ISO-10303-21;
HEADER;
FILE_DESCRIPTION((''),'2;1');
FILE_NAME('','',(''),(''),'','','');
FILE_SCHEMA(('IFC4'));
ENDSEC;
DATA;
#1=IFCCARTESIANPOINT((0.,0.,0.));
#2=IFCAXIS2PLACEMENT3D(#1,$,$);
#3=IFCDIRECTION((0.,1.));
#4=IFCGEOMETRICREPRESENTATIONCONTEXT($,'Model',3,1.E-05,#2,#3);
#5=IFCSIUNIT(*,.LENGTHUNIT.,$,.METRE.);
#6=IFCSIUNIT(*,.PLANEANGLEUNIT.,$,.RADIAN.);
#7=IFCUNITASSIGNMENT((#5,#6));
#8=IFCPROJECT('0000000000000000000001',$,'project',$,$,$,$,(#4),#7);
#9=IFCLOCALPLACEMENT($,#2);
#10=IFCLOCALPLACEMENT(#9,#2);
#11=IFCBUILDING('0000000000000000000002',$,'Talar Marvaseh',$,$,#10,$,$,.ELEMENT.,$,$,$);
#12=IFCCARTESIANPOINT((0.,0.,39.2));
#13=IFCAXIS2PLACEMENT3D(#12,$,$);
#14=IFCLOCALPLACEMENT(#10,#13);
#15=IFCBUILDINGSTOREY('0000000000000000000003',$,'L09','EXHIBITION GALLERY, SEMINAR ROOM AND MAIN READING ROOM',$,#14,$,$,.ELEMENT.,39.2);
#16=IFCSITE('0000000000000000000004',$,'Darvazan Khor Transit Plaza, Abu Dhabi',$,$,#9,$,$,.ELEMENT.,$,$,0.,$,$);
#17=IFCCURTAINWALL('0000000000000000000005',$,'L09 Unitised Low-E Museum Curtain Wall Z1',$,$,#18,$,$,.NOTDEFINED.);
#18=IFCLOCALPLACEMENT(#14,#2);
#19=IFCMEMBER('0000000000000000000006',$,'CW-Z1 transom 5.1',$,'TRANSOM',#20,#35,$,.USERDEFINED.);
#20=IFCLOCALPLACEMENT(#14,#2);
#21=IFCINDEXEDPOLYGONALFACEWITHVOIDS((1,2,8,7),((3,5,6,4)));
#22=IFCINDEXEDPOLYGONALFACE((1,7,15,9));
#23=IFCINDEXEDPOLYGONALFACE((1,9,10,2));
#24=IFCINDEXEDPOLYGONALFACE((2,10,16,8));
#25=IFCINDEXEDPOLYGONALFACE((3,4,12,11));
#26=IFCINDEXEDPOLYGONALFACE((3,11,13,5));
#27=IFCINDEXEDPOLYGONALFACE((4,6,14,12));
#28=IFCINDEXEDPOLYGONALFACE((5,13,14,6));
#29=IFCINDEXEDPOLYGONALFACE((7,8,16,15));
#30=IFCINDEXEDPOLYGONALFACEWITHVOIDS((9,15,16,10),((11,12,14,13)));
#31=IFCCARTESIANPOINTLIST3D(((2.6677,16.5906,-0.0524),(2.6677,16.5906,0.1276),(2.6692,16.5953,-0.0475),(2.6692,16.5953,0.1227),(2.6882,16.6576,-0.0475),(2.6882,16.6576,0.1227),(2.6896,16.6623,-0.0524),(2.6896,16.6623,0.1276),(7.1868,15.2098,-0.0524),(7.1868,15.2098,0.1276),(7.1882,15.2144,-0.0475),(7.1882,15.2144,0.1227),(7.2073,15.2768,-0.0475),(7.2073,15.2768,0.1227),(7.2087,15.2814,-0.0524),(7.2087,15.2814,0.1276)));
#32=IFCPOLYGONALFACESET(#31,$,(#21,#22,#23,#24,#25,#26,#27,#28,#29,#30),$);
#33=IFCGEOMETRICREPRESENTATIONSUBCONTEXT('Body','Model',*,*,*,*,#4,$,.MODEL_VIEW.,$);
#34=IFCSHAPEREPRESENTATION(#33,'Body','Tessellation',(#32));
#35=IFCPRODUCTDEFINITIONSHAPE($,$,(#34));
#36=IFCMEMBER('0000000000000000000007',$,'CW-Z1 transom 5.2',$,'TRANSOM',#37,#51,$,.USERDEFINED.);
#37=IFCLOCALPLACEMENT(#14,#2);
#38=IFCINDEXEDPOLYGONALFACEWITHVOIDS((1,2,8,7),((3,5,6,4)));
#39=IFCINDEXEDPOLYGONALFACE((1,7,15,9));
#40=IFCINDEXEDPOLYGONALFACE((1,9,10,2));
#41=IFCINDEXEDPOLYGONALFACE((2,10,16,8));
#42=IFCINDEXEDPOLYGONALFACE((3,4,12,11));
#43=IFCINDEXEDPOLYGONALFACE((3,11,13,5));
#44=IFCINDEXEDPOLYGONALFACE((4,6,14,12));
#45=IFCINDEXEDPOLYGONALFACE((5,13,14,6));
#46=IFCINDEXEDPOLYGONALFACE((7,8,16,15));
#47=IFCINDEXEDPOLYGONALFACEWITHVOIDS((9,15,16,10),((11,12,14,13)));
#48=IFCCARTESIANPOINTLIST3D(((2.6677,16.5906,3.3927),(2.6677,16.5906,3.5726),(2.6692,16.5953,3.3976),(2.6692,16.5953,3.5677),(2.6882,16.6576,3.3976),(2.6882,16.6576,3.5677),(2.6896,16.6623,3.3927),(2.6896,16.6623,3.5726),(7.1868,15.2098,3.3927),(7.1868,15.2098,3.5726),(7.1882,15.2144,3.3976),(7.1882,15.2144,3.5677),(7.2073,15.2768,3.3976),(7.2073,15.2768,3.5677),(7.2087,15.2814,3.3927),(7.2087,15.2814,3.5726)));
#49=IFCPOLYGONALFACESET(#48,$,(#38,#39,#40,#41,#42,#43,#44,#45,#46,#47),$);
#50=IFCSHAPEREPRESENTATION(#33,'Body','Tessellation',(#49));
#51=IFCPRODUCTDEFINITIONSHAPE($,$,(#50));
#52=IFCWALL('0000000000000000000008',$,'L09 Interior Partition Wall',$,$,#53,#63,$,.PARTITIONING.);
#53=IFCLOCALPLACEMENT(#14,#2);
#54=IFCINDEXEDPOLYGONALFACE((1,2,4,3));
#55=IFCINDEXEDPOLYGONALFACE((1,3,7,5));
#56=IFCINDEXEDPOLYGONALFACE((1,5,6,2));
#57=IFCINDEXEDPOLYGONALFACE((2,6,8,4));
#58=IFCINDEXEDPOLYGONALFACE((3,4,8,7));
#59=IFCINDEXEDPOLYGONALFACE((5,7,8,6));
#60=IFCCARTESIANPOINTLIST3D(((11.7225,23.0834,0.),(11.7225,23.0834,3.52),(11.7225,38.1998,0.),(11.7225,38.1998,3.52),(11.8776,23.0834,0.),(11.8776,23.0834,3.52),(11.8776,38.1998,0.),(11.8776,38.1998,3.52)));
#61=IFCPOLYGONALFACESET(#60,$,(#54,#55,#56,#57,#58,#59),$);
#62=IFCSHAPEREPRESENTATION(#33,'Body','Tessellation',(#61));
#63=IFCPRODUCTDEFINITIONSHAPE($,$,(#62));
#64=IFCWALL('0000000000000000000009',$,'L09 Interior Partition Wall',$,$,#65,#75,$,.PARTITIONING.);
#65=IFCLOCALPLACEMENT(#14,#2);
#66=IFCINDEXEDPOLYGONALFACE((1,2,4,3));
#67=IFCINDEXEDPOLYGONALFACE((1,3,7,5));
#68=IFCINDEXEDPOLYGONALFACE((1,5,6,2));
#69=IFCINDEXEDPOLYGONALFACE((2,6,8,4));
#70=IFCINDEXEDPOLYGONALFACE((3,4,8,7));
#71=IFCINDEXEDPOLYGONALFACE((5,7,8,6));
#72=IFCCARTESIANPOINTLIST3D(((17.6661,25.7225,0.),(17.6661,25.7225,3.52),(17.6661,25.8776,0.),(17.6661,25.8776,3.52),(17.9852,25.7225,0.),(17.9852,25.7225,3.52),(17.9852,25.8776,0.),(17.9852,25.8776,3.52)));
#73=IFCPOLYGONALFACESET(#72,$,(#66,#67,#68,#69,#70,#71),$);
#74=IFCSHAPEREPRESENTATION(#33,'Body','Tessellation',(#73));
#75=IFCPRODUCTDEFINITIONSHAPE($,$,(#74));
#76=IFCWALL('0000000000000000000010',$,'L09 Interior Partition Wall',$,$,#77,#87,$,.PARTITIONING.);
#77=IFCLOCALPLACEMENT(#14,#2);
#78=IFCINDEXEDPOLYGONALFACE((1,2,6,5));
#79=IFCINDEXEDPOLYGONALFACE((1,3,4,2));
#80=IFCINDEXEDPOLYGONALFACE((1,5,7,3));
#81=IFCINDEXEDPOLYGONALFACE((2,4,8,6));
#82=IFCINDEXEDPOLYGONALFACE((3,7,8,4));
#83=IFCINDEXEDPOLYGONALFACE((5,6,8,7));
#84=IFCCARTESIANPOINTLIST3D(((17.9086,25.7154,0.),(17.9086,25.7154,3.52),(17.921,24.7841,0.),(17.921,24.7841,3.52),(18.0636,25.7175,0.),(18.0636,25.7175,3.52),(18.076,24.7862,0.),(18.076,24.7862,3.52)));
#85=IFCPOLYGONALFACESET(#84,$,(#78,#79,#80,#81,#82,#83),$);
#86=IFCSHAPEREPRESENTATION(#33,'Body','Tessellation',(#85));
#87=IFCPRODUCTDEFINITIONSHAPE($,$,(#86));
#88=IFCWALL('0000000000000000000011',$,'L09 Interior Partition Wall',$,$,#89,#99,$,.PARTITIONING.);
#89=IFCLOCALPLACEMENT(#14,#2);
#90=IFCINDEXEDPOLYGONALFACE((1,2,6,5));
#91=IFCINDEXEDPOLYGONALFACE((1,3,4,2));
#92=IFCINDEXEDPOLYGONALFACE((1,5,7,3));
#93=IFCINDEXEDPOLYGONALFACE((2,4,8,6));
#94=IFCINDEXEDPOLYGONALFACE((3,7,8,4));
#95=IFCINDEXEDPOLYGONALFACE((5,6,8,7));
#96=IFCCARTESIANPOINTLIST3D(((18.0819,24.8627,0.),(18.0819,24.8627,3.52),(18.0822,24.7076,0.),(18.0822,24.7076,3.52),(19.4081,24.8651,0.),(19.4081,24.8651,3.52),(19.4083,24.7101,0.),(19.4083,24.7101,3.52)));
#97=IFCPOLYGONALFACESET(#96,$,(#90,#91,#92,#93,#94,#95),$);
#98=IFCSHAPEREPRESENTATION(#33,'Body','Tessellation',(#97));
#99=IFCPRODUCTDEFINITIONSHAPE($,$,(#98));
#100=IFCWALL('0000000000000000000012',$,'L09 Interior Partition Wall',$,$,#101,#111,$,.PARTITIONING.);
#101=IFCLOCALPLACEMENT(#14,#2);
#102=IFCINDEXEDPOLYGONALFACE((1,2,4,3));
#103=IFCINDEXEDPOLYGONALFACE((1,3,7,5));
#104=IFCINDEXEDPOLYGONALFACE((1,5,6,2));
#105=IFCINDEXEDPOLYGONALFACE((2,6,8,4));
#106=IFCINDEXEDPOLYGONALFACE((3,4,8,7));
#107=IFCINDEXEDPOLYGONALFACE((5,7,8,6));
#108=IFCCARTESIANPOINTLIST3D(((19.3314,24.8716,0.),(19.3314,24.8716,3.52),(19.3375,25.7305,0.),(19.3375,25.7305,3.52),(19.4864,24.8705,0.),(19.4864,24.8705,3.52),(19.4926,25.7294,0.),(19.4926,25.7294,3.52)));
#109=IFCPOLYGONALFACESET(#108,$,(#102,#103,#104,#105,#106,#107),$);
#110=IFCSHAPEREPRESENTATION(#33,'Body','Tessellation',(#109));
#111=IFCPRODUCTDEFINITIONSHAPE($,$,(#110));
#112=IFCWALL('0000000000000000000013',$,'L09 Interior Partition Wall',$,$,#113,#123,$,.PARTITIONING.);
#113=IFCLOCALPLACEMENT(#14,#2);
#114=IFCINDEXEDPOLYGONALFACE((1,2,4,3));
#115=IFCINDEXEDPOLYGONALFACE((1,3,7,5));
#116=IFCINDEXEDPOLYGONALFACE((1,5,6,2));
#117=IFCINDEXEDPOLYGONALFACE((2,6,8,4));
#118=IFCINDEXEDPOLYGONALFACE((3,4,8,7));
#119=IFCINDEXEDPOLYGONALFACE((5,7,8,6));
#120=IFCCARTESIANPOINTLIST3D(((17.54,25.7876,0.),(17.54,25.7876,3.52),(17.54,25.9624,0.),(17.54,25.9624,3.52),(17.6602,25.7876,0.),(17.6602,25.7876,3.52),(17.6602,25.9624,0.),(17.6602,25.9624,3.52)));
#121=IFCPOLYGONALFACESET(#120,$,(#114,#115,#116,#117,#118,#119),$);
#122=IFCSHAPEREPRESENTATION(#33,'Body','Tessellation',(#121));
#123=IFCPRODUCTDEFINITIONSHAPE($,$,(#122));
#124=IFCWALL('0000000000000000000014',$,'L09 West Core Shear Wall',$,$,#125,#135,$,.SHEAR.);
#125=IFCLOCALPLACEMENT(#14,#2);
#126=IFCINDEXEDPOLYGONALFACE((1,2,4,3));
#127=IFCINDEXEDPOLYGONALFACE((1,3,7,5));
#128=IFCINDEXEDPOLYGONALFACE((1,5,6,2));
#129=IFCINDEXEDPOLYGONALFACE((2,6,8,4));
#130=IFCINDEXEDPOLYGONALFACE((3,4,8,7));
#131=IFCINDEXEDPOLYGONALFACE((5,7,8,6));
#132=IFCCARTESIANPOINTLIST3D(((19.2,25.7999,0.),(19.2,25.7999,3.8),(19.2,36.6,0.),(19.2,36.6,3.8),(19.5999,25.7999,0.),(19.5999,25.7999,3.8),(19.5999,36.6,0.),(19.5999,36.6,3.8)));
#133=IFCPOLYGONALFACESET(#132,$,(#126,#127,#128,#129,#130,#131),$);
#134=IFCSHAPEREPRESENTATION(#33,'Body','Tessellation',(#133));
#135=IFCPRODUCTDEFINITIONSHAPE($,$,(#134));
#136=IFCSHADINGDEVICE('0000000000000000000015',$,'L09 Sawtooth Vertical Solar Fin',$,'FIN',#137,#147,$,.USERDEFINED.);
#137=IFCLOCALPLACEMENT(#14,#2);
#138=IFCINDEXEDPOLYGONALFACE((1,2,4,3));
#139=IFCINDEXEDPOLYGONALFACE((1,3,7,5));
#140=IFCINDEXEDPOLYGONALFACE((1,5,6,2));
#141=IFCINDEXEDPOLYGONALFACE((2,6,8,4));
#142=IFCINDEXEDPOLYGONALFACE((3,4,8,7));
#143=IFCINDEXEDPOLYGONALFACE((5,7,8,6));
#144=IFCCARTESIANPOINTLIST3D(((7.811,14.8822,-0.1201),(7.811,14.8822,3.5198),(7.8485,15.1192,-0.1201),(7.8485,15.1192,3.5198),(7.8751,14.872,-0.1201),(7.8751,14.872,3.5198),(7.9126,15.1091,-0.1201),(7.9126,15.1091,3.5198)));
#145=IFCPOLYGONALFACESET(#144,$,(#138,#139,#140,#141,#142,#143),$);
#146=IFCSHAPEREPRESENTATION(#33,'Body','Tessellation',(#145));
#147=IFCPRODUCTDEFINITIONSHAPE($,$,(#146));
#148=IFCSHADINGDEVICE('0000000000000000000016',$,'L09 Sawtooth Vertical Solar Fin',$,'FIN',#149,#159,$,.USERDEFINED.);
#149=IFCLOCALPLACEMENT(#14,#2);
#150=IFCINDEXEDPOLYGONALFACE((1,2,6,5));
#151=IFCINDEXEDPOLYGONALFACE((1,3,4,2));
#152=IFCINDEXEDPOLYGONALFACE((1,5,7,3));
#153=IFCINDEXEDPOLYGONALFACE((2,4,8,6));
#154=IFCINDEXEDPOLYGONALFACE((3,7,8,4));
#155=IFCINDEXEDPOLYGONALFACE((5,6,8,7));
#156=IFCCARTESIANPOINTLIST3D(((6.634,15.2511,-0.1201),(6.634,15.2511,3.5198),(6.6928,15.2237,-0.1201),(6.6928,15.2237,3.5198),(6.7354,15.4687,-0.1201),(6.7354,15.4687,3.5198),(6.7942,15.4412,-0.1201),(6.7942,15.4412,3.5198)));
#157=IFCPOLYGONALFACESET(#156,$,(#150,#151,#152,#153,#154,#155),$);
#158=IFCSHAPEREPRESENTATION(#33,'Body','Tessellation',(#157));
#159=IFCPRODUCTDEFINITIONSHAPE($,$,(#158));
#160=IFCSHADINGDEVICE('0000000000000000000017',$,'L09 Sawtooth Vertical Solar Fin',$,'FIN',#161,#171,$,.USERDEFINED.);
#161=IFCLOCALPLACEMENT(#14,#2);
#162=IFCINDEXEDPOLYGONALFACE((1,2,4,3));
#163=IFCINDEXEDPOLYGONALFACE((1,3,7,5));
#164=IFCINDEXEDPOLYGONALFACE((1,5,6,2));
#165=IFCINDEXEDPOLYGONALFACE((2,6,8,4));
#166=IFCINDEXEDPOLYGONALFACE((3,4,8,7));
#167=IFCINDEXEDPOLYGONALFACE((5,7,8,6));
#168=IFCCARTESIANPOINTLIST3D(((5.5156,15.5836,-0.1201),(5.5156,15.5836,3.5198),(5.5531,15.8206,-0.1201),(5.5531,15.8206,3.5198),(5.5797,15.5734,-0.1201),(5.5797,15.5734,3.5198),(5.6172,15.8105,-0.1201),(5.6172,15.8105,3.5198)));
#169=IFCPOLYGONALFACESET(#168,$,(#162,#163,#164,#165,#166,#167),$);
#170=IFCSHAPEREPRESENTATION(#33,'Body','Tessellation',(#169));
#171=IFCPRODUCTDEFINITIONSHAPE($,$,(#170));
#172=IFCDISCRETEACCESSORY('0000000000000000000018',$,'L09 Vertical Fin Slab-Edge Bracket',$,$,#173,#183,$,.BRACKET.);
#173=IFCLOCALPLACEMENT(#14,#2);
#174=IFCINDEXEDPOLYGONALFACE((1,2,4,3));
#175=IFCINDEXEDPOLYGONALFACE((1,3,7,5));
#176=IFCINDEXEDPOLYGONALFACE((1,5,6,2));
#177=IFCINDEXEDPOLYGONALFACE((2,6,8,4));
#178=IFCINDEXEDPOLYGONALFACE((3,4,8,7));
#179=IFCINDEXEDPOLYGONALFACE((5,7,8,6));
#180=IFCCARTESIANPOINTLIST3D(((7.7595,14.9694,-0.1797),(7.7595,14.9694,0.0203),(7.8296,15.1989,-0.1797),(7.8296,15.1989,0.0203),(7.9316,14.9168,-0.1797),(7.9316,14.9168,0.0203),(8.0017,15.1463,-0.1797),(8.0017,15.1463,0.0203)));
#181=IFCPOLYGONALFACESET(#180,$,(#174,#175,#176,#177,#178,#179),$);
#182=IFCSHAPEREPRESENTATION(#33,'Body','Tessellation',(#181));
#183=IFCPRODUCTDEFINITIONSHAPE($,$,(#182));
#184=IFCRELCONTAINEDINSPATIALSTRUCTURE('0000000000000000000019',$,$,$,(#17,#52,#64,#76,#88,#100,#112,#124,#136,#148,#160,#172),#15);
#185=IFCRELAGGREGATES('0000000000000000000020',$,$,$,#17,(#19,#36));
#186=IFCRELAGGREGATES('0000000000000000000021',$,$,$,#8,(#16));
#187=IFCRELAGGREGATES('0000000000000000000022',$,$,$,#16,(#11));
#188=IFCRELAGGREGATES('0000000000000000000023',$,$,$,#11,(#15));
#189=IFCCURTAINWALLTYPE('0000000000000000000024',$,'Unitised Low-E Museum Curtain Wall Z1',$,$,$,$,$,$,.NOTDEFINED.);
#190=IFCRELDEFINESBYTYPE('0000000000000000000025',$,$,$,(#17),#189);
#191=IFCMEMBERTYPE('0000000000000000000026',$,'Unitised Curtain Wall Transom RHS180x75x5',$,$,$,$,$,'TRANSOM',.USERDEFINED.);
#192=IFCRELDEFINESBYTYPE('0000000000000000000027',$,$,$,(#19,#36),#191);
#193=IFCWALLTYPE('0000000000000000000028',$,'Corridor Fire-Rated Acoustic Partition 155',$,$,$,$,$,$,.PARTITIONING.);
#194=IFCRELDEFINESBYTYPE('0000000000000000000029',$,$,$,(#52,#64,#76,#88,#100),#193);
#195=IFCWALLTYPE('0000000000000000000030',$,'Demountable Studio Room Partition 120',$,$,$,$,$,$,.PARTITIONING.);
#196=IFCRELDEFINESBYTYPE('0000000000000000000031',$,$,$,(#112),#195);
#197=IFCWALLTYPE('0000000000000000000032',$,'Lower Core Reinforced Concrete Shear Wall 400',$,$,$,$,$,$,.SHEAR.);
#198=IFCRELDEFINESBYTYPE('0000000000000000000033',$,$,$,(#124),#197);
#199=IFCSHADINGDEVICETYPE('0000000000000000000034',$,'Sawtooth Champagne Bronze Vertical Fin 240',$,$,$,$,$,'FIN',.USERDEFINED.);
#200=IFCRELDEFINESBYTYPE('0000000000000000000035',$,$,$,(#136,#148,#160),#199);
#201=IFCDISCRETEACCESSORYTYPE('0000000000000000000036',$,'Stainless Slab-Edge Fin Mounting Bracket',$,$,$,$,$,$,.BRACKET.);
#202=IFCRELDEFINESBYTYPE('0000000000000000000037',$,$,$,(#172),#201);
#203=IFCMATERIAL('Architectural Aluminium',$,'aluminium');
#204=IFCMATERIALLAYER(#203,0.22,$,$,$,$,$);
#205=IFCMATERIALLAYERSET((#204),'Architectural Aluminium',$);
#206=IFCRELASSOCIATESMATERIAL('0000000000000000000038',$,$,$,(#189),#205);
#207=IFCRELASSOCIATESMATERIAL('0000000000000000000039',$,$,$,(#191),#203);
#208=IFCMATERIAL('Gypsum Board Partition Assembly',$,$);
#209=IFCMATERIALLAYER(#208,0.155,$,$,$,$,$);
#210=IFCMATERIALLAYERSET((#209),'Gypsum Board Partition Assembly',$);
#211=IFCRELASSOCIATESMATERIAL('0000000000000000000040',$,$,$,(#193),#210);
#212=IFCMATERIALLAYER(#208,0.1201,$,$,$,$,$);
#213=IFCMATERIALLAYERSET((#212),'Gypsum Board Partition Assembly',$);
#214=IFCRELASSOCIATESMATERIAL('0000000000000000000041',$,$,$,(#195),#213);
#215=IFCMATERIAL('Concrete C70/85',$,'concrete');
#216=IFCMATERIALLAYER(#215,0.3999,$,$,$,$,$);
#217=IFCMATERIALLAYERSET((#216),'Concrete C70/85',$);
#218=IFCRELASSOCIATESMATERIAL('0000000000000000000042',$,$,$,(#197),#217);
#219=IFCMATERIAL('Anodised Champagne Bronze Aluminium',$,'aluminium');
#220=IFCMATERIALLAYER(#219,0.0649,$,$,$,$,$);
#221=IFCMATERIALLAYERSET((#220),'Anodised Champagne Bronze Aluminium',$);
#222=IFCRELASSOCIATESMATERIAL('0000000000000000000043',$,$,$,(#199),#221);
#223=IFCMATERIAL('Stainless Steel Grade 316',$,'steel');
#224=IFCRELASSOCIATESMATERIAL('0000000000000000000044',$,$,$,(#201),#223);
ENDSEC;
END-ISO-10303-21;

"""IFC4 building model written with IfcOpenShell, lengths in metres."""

from ifc_helpers import new_model, si_unit, direction, frame, frame_2d, origin, origin_2d, place, context, subcontext, project, spatial, rectangle, hollow_rectangle, extrude, source, transform, mapped, material, layer, layer_set, material_profile, profile_set, type_object, type_shapes, element, aggregate, save


model = new_model("IFC4")

# Units and contexts
model_context = context("Model", 3, precision=1e-05, world=origin(), true_north=direction((0.0, 1.0)))
body_context = subcontext(model_context, "Body", "Model", "MODEL_VIEW")
ifc_project = project(units=[si_unit("LENGTHUNIT", "METRE"), si_unit("PLANEANGLEUNIT", "RADIAN")], contexts=[model_context])

# Site, building, storey
site_placement = place(None, origin())
site = spatial("IfcSite", under=ifc_project, at=site_placement, Name="Darvazan Khor Transit Plaza, Abu Dhabi", CompositionType="ELEMENT", RefElevation=0.0)
building_placement = place(site_placement, origin())
building = spatial("IfcBuilding", under=site, at=building_placement, Name="Talar Marvaseh", CompositionType="ELEMENT")
storey_placement = place(building_placement, frame((0.0, 0.0, 39.2)))
storey = spatial("IfcBuildingStorey", under=building, at=storey_placement, Name="L09", Description="EXHIBITION GALLERY, SEMINAR ROOM AND MAIN READING ROOM", CompositionType="ELEMENT", Elevation=39.2)

# Shared definitions
ifc_material_1 = material(Name="Concrete C70/85", Category="concrete")

# Curtain wall, members
ifc_material_2 = material(Name="Architectural Aluminium", Category="aluminium")
ifc_layer_1 = layer(ifc_material_2, 0.22)
ifc_layer_set_1 = layer_set([ifc_layer_1], Name="Architectural Aluminium")
curtain_wall_type = type_object("IfcCurtainWallType", Name="Unitised Low-E Museum Curtain Wall Z1", PredefinedType="NOTDEFINED", material=ifc_layer_set_1)
curtain_wall_placement = place(storey_placement, origin())
curtain_wall = element("IfcCurtainWall", 1, at=curtain_wall_placement, inside=storey, type_object=curtain_wall_type, Name="L09 Unitised Low-E Museum Curtain Wall Z1", PredefinedType="NOTDEFINED")
ifc_material_profile_1 = material_profile(ifc_material_2, hollow_rectangle(XDim=0.075, YDim=0.1799, WallThickness=0.0049, at=origin_2d()), Name="RHS180x75x5")
ifc_profile_set_1 = profile_set([ifc_material_profile_1], Name="Architectural Aluminium")
member_type_1 = type_object("IfcMemberType", Name="Unitised Curtain Wall Transom RHS180x75x5", ElementType="TRANSOM", PredefinedType="USERDEFINED", material=ifc_profile_set_1)
shared_shape_1 = source(origin(), body_context, "Body", "SweptSolid", [
    extrude(hollow_rectangle(XDim=0.075, YDim=0.1799, WallThickness=0.0049, at=origin_2d()), origin(), (0.0, 0.0, 1.0), 4.7253),
])
type_shapes(member_type_1, [shared_shape_1])
member_1_placement = place(storey_placement, frame((7.1978, 15.2456, 0.0376), z_axis=(-0.956349, 0.292226, 0.0), x_axis=(-0.292226, -0.956349, 0.0)))
member_1 = element("IfcMember", 2, at=member_1_placement, type_object=member_type_1, Name="CW-Z1 transom 5.1", ObjectType="TRANSOM", PredefinedType="USERDEFINED", context=body_context, shape_type="MappedRepresentation", body=[
    mapped(shared_shape_1, transform((0.0, 0.0, 0.0), x_axis=(1.0, 0.0, 0.0), y_axis=(0.0, 1.0, 0.0), z_axis=(0.0, 0.0, 1.0), scale=1.0)),
])
member_2_placement = place(storey_placement, frame((7.1978, 15.2456, 3.4827), z_axis=(-0.956349, 0.292226, 0.0), x_axis=(-0.292226, -0.956349, 0.0)))
member_2 = element("IfcMember", 3, at=member_2_placement, type_object=member_type_1, Name="CW-Z1 transom 5.2", ObjectType="TRANSOM", PredefinedType="USERDEFINED", context=body_context, shape_type="MappedRepresentation", body=[
    mapped(shared_shape_1, transform((0.0, 0.0, 0.0), x_axis=(1.0, 0.0, 0.0), y_axis=(0.0, 1.0, 0.0), z_axis=(0.0, 0.0, 1.0), scale=1.0)),
])
aggregate(curtain_wall, [member_1, member_2])

# Walls
ifc_material_3 = material(Name="Gypsum Board Partition Assembly")
ifc_layer_2 = layer(ifc_material_3, 0.155)
ifc_layer_set_2 = layer_set([ifc_layer_2], Name="Gypsum Board Partition Assembly")
wall_type_1 = type_object("IfcWallType", Name="Corridor Fire-Rated Acoustic Partition 155", PredefinedType="PARTITIONING", material=ifc_layer_set_2)
wall_1_placement = place(storey_placement, frame((11.8, 23.0835, 0.0), z_axis=(0.0, 0.0, 1.0), x_axis=(0.0, 1.0, 0.0)))
element("IfcWall", 4, at=wall_1_placement, inside=storey, type_object=wall_type_1, Name="L09 Interior Partition Wall", PredefinedType="PARTITIONING", context=body_context, shape_type="SweptSolid", body=[
    extrude(rectangle(XDim=15.1165, YDim=0.155, at=frame_2d((7.5581, 0.0))), origin(), (0.0, 0.0, 1.0), 3.52),
])
wall_2_placement = place(storey_placement, frame((17.666, 25.8, 0.0), z_axis=(0.0, 0.0, 1.0), x_axis=(1.0, 0.0, 0.0)))
element("IfcWall", 5, at=wall_2_placement, inside=storey, type_object=wall_type_1, Name="L09 Interior Partition Wall", PredefinedType="PARTITIONING", context=body_context, shape_type="SweptSolid", body=[
    extrude(rectangle(XDim=0.3191, YDim=0.155, at=frame_2d((0.1597, 0.0))), origin(), (0.0, 0.0, 1.0), 3.52),
])
wall_3_placement = place(storey_placement, frame((17.9861, 25.7166, 0.0), z_axis=(0.0, 0.0, 1.0), x_axis=(0.013367, -0.999911, 0.0)))
element("IfcWall", 6, at=wall_3_placement, inside=storey, type_object=wall_type_1, Name="L09 Interior Partition Wall", PredefinedType="PARTITIONING", context=body_context, shape_type="SweptSolid", body=[
    extrude(rectangle(XDim=0.9314, YDim=0.155, at=frame_2d((0.4658, 0.0))), origin(), (0.0, 0.0, 1.0), 3.52),
])
wall_4_placement = place(storey_placement, frame((18.082, 24.7852, 0.0), z_axis=(0.0, 0.0, 1.0), x_axis=(0.999998, 0.001841, 0.0)))
element("IfcWall", 7, at=wall_4_placement, inside=storey, type_object=wall_type_1, Name="L09 Interior Partition Wall", PredefinedType="PARTITIONING", context=body_context, shape_type="SweptSolid", body=[
    extrude(rectangle(XDim=1.3262, YDim=0.155, at=frame_2d((0.6631, 0.0))), origin(), (0.0, 0.0, 1.0), 3.52),
])
wall_5_placement = place(storey_placement, frame((19.4089, 24.8711, 0.0), z_axis=(0.0, 0.0, 1.0), x_axis=(0.007106, 0.999975, 0.0)))
element("IfcWall", 8, at=wall_5_placement, inside=storey, type_object=wall_type_1, Name="L09 Interior Partition Wall", PredefinedType="PARTITIONING", context=body_context, shape_type="SweptSolid", body=[
    extrude(rectangle(XDim=0.8589, YDim=0.155, at=frame_2d((0.4294, 0.0))), origin(), (0.0, 0.0, 1.0), 3.52),
])
ifc_layer_3 = layer(ifc_material_3, 0.1201)
ifc_layer_set_3 = layer_set([ifc_layer_3], Name="Gypsum Board Partition Assembly")
wall_type_2 = type_object("IfcWallType", Name="Demountable Studio Room Partition 120", PredefinedType="PARTITIONING", material=ifc_layer_set_3)
wall_6_placement = place(storey_placement, frame((17.6001, 25.9624, 0.0), z_axis=(0.0, 0.0, 1.0), x_axis=(0.0, -1.0, 0.0)))
element("IfcWall", 9, at=wall_6_placement, inside=storey, type_object=wall_type_2, Name="L09 Interior Partition Wall", PredefinedType="PARTITIONING", context=body_context, shape_type="SweptSolid", body=[
    extrude(rectangle(XDim=0.1748, YDim=0.1201, at=frame_2d((0.0874, 0.0))), origin(), (0.0, 0.0, 1.0), 3.52),
])
ifc_layer_4 = layer(ifc_material_1, 0.3999)
ifc_layer_set_4 = layer_set([ifc_layer_4], Name="Concrete C70/85")
wall_type_3 = type_object("IfcWallType", Name="Lower Core Reinforced Concrete Shear Wall 400", PredefinedType="SHEAR", material=ifc_layer_set_4)
wall_7_placement = place(storey_placement, frame((19.3999, 25.8, 0.0), z_axis=(0.0, 0.0, 1.0), x_axis=(0.0, 1.0, 0.0)))
element("IfcWall", 10, at=wall_7_placement, inside=storey, type_object=wall_type_3, Name="L09 West Core Shear Wall", PredefinedType="SHEAR", context=body_context, shape_type="SweptSolid", body=[
    extrude(rectangle(XDim=10.8, YDim=0.3999, at=frame_2d((5.3999, 0.0))), origin(), (0.0, 0.0, 1.0), 3.8),
])

# Shading devices
ifc_material_4 = material(Name="Anodised Champagne Bronze Aluminium", Category="aluminium")
ifc_layer_5 = layer(ifc_material_4, 0.0649)
ifc_layer_set_5 = layer_set([ifc_layer_5], Name="Anodised Champagne Bronze Aluminium")
shading_device_type = type_object("IfcShadingDeviceType", Name="Sawtooth Champagne Bronze Vertical Fin 240", ElementType="FIN", PredefinedType="USERDEFINED", material=ifc_layer_set_5)
shared_shape_2 = source(origin(), body_context, "Body", "SweptSolid", [
    extrude(rectangle(XDim=0.24, YDim=0.0649, at=origin_2d()), origin(), (0.0, 0.0, 1.0), 3.6399),
])
type_shapes(shading_device_type, [shared_shape_2])
for number, where, z_axis, x_axis, name in (
    (11, (7.8618, 14.9956, -0.1201), (0.0, 0.0, 1.0), (-0.156262, -0.987716, 0.0), "L09 Sawtooth Vertical Solar Fin"),
    (12, (6.7141, 15.3462, -0.1201), (0.0, 0.0, 1.0), (-0.42246, -0.906382, 0.0), "L09 Sawtooth Vertical Solar Fin"),
    (13, (5.5664, 15.697, -0.1201), (0.0, 0.0, 1.0), (-0.156262, -0.987716, 0.0), "L09 Sawtooth Vertical Solar Fin"),
):
    element("IfcShadingDevice", number, at=place(storey_placement, frame(where, z_axis=z_axis, x_axis=x_axis)), inside=storey, type_object=shading_device_type, Name=name, ObjectType="FIN", PredefinedType="USERDEFINED", context=body_context, shape_type="MappedRepresentation", body=[
        mapped(shared_shape_2, transform((0.0, 0.0, 0.0), x_axis=(1.0, 0.0, 0.0), y_axis=(0.0, 1.0, 0.0), z_axis=(0.0, 0.0, 1.0), scale=1.0)),
    ])

# Discrete accessory
ifc_material_5 = material(Name="Stainless Steel Grade 316", Category="steel")
discrete_accessory_type = type_object("IfcDiscreteAccessoryType", Name="Stainless Slab-Edge Fin Mounting Bracket", PredefinedType="BRACKET", material=ifc_material_5)
shared_shape_3 = source(origin(), body_context, "Body", "SweptSolid", [
    extrude(rectangle(XDim=0.24, YDim=0.1799, at=origin_2d()), origin(), (0.0, 0.0, 1.0), 0.2),
])
type_shapes(discrete_accessory_type, [shared_shape_3])
for number, where, z_axis, x_axis, name in (
    (14, (7.8806, 15.0579, -0.1797), (0.0, 0.0, 1.0), (-0.292205, -0.956356, 0.0), "L09 Vertical Fin Slab-Edge Bracket"),
):
    element("IfcDiscreteAccessory", number, at=place(storey_placement, frame(where, z_axis=z_axis, x_axis=x_axis)), inside=storey, type_object=discrete_accessory_type, Name=name, PredefinedType="BRACKET", context=body_context, shape_type="MappedRepresentation", body=[
        mapped(shared_shape_3, transform((0.0, 0.0, 0.0), x_axis=(1.0, 0.0, 0.0), y_axis=(0.0, 1.0, 0.0), z_axis=(0.0, 0.0, 1.0), scale=1.0)),
    ])

save(model, "model.ifc")
